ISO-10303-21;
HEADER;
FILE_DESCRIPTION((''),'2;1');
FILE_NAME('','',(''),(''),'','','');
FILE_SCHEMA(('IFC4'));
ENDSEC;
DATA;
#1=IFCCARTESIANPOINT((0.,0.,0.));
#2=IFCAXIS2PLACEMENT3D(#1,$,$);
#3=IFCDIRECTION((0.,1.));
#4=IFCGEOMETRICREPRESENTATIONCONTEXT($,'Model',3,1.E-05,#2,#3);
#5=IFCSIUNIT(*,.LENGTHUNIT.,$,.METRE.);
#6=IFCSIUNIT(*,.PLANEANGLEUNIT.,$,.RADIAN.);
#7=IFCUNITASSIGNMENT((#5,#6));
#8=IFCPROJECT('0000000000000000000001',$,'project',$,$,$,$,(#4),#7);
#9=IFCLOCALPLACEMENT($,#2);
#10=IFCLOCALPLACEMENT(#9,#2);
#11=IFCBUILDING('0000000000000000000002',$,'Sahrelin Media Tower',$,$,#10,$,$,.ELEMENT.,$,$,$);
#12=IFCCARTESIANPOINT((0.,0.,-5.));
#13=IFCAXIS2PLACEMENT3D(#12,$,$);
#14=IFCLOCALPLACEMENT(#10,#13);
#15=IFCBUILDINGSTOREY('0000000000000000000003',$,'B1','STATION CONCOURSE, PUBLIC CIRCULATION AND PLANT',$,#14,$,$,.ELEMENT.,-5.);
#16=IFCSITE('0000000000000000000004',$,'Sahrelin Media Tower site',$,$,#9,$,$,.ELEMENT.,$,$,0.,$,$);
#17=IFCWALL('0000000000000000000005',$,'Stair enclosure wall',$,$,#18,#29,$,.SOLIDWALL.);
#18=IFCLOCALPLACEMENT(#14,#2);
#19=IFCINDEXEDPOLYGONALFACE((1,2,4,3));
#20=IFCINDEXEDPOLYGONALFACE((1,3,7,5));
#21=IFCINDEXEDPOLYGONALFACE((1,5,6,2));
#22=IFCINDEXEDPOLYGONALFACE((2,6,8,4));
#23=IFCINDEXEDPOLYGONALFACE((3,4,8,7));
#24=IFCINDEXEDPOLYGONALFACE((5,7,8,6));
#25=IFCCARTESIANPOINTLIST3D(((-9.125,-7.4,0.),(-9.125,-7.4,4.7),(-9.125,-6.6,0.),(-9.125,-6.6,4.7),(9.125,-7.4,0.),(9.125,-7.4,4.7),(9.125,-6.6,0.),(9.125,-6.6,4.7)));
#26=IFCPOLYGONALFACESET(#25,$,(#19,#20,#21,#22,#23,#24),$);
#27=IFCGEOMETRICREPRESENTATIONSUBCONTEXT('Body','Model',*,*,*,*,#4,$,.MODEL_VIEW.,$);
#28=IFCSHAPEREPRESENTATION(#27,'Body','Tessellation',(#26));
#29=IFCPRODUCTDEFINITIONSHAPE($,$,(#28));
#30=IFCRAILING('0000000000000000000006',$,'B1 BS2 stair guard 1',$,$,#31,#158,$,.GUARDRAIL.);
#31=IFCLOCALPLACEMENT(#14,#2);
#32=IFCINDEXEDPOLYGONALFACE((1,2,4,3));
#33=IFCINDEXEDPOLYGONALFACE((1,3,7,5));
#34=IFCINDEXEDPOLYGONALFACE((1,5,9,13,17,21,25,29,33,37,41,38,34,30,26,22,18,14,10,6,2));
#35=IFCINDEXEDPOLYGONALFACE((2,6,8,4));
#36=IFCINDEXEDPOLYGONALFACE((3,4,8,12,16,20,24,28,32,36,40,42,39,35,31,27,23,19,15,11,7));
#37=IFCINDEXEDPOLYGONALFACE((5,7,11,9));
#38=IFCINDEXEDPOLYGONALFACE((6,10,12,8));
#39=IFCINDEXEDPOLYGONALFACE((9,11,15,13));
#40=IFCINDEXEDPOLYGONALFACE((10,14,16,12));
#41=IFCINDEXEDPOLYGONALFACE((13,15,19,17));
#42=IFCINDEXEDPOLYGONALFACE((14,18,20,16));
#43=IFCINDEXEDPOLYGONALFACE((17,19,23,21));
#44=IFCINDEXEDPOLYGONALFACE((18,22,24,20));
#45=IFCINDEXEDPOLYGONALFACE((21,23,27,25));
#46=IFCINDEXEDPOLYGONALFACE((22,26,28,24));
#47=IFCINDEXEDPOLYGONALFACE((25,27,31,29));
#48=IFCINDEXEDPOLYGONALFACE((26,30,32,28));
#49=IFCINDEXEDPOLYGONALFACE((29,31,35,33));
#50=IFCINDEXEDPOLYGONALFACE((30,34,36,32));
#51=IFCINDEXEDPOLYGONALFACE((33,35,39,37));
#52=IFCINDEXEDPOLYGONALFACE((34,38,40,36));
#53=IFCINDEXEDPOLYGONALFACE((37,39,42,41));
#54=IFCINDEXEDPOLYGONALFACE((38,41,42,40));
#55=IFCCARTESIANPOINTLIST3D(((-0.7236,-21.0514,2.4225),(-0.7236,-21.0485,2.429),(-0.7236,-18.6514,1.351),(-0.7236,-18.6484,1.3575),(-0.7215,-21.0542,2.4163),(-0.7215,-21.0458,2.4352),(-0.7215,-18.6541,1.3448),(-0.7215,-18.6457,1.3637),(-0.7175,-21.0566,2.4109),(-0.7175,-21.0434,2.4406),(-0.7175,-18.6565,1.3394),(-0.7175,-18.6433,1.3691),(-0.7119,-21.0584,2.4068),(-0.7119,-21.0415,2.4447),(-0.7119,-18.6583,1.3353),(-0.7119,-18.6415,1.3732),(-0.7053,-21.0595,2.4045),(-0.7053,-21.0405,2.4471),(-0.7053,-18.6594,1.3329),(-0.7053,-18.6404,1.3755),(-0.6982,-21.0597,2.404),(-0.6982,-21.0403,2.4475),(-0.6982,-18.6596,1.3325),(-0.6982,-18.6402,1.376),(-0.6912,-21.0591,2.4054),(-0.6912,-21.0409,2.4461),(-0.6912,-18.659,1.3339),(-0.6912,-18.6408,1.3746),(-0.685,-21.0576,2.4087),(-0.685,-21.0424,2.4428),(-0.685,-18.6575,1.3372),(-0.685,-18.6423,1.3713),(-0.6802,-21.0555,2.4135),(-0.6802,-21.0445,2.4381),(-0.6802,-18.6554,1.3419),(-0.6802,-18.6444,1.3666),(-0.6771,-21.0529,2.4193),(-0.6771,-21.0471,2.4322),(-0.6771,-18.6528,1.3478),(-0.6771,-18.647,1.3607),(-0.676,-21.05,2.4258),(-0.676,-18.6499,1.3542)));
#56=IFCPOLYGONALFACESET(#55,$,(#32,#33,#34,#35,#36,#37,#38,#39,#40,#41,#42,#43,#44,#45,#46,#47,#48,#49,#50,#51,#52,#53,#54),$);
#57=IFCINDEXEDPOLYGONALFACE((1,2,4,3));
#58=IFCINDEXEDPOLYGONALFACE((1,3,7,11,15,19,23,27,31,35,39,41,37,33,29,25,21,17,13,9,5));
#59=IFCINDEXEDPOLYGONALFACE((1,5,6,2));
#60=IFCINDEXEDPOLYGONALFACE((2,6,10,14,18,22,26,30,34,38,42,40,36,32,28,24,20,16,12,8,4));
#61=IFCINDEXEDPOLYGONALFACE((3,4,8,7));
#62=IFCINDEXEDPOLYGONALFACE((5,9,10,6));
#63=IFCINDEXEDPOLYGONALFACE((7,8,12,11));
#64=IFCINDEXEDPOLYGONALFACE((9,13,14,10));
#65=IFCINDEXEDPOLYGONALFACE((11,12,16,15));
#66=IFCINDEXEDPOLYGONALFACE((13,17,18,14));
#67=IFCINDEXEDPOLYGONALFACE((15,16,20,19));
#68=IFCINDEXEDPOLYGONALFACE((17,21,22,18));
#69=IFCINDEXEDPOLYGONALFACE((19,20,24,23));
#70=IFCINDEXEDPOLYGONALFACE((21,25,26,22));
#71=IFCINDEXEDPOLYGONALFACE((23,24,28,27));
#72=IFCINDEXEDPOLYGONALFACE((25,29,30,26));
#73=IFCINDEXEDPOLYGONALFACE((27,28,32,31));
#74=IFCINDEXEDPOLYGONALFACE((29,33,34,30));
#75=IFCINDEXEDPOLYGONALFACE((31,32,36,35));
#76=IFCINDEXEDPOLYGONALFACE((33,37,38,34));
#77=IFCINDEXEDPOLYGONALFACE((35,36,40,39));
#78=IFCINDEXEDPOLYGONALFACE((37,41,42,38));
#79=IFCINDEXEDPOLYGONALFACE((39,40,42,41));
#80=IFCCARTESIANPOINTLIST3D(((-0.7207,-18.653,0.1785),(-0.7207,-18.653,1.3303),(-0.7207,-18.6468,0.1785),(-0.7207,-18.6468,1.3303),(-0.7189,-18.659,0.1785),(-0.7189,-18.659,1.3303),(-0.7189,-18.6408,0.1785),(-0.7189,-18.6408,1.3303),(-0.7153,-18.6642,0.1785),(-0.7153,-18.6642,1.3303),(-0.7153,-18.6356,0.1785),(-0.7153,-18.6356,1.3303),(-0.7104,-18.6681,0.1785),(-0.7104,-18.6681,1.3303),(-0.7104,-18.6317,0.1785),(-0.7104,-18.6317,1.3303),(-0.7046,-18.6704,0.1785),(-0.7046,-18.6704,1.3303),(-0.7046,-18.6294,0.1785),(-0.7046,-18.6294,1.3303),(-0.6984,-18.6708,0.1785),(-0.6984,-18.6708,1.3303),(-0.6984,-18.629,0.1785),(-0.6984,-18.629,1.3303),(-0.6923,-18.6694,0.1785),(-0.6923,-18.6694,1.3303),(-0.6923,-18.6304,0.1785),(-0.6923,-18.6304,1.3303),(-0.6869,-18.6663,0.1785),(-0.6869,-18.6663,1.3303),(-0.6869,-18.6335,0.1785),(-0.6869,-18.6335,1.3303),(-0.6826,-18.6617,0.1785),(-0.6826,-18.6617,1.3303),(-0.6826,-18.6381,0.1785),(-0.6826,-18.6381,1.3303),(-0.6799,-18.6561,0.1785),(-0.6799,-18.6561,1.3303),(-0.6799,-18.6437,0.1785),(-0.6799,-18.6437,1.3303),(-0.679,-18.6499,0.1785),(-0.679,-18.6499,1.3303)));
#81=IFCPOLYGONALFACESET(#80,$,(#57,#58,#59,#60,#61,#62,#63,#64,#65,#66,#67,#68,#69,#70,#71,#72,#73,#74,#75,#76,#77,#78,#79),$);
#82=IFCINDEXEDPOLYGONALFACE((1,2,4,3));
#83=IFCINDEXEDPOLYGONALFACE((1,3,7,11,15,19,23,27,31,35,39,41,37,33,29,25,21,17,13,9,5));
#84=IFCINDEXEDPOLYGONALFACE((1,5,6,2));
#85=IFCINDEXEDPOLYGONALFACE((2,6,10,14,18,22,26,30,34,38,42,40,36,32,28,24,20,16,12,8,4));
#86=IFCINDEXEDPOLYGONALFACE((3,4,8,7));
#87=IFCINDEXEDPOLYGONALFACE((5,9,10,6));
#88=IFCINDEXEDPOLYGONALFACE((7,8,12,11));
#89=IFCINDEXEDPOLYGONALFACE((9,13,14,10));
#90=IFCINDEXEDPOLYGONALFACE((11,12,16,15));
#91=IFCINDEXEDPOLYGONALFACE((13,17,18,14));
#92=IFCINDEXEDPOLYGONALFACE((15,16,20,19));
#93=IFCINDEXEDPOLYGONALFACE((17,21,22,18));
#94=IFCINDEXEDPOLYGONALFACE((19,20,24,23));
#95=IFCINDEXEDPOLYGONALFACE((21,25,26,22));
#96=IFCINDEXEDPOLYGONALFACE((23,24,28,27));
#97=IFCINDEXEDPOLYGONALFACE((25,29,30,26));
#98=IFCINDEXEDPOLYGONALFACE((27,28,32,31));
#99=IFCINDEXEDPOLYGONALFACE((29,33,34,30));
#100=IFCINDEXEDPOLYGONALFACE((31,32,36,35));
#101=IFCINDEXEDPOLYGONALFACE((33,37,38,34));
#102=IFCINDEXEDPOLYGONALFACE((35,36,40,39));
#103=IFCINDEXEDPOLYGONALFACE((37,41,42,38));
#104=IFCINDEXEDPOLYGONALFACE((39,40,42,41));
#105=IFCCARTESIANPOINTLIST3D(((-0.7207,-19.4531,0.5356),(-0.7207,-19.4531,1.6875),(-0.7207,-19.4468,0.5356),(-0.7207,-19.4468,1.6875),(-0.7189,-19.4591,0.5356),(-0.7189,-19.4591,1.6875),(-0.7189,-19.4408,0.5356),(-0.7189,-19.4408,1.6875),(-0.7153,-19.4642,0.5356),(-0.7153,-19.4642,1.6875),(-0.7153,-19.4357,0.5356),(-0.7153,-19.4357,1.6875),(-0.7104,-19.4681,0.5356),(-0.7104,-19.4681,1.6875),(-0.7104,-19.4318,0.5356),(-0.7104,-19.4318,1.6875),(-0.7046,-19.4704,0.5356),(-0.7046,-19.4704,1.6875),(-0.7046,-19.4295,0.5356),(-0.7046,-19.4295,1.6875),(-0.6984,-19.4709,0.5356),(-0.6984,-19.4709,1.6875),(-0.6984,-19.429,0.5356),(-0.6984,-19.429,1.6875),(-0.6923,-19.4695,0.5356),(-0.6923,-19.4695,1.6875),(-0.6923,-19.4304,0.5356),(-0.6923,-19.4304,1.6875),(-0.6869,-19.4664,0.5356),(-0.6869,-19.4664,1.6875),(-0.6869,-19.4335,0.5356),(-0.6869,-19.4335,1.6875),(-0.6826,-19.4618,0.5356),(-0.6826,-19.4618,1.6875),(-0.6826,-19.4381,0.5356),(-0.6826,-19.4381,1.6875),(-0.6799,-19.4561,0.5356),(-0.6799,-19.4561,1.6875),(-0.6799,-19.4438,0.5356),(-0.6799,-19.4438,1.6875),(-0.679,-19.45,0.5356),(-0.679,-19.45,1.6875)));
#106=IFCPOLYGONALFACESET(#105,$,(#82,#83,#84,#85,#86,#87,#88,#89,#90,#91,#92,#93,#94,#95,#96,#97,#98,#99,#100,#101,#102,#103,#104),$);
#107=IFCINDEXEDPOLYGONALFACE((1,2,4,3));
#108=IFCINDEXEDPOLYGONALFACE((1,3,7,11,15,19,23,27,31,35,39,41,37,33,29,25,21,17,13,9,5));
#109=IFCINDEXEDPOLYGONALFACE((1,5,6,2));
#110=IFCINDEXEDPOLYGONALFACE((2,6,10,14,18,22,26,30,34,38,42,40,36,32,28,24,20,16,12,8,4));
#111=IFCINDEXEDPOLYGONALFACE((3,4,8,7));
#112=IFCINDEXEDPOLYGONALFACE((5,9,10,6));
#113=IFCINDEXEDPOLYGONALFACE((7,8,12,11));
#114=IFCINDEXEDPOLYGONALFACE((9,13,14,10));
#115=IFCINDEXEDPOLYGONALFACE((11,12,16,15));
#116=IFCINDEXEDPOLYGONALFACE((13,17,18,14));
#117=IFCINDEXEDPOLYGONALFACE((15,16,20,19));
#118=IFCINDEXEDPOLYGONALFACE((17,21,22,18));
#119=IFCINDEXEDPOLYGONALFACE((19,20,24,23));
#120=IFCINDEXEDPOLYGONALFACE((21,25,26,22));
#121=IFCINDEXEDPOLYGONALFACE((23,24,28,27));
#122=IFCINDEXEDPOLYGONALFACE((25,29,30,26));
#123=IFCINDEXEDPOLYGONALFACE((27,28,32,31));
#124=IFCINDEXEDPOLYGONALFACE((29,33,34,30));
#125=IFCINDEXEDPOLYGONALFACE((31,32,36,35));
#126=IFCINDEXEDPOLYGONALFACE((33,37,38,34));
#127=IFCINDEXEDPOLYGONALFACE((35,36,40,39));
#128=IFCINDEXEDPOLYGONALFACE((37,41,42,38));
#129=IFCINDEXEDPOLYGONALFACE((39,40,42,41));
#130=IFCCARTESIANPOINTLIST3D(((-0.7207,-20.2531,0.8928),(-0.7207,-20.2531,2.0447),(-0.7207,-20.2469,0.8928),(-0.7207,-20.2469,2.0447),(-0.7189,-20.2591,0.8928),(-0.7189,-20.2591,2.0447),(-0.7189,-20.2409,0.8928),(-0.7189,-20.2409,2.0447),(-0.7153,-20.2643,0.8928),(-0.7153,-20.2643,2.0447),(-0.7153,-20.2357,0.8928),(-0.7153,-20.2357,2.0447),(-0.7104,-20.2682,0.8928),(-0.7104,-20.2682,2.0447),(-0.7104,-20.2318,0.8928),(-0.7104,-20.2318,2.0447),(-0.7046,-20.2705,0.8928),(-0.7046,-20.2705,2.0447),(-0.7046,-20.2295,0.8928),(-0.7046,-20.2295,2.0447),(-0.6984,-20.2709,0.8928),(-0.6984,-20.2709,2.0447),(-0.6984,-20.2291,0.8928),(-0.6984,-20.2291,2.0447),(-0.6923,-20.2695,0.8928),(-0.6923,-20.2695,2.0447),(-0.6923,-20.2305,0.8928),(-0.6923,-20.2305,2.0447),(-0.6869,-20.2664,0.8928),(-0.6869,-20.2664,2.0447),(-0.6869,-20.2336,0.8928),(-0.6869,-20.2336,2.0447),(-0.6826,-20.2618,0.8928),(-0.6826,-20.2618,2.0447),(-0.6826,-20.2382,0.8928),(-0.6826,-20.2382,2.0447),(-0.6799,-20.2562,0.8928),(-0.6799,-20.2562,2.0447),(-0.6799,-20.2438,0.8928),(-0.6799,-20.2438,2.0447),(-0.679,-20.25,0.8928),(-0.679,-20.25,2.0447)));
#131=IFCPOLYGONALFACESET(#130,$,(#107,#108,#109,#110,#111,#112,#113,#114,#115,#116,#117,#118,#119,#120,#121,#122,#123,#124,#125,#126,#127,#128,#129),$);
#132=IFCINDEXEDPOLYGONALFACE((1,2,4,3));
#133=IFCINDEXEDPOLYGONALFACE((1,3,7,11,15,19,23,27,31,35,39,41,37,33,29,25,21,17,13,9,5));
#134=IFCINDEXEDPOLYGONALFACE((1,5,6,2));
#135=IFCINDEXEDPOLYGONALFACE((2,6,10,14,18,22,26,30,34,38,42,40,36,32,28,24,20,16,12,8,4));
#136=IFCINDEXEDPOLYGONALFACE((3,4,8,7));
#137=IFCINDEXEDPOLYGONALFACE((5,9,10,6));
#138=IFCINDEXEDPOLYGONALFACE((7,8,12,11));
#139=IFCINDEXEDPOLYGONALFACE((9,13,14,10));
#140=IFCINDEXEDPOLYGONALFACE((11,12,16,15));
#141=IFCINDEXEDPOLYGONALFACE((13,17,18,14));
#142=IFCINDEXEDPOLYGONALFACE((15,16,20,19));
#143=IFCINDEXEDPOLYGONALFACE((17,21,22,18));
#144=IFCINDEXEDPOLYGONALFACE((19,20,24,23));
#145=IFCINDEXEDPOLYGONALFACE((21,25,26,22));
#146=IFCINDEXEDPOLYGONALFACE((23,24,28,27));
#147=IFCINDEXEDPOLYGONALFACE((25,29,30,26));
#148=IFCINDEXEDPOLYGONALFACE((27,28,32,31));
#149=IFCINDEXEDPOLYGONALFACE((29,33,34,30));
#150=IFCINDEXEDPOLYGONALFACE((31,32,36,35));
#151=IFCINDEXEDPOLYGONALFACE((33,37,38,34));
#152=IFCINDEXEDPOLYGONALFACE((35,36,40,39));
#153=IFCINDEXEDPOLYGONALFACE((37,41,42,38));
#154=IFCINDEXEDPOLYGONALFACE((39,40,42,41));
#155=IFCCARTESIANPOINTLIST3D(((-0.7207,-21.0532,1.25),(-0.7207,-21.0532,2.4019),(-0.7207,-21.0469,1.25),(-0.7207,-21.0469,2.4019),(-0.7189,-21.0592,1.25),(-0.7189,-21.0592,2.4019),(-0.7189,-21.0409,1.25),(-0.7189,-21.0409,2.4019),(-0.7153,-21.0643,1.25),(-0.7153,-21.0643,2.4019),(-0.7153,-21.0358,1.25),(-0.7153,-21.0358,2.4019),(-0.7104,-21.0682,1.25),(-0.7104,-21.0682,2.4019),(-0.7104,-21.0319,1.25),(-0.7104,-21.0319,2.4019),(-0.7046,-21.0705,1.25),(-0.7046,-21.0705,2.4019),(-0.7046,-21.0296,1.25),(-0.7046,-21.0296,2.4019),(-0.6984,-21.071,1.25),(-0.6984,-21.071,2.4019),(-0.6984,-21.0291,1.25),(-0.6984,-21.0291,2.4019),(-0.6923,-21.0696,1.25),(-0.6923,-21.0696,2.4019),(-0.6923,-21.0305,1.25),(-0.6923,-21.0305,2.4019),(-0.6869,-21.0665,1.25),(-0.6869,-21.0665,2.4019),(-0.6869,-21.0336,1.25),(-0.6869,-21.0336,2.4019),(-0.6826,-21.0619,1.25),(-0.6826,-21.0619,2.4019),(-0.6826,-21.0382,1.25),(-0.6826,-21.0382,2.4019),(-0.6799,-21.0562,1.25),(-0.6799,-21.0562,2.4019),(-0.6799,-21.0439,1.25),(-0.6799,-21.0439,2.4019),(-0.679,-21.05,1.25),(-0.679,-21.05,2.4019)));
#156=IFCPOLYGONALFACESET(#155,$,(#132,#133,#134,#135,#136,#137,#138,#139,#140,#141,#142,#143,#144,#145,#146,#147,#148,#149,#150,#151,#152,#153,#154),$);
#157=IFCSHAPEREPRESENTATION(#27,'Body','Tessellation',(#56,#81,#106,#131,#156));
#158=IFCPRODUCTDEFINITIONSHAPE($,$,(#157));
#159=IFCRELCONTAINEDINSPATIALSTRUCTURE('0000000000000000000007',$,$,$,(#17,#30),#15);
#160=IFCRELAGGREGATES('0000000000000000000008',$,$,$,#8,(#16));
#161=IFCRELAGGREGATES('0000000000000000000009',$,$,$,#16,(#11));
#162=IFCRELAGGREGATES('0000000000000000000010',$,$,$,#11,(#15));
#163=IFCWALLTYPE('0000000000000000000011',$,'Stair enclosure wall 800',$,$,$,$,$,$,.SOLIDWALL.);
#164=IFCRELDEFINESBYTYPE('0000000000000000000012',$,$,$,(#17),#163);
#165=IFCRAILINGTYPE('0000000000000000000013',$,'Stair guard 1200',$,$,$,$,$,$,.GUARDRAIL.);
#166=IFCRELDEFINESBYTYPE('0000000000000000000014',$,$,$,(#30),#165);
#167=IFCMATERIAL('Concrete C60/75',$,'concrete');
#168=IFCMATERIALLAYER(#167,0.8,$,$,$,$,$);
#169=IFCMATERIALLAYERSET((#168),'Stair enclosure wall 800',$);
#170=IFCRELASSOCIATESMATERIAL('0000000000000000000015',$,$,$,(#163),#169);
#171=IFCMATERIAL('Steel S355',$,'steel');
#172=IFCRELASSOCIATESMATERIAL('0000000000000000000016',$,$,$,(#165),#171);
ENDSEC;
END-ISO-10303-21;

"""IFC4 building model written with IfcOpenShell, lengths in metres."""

from ifc_helpers import new_model, si_unit, direction, frame, frame_2d, origin, origin_2d, place, context, subcontext, project, spatial, rectangle, circle, extrude, material, layer, layer_set, type_object, element, save


model = new_model("IFC4")

# Units and contexts
model_context = context("Model", 3, precision=1e-05, world=origin(), true_north=direction((0.0, 1.0)))
body_context = subcontext(model_context, "Body", "Model", "MODEL_VIEW")
ifc_project = project(units=[si_unit("LENGTHUNIT", "METRE"), si_unit("PLANEANGLEUNIT", "RADIAN")], contexts=[model_context])

# Site, building, storey
site_placement = place(None, origin())
site = spatial("IfcSite", under=ifc_project, at=site_placement, Name="Sahrelin Media Tower site", CompositionType="ELEMENT", RefElevation=0.0)
building_placement = place(site_placement, origin())
building = spatial("IfcBuilding", under=site, at=building_placement, Name="Sahrelin Media Tower", CompositionType="ELEMENT")
storey_placement = place(building_placement, frame((0.0, 0.0, -5.0)))
storey = spatial("IfcBuildingStorey", under=building, at=storey_placement, Name="B1", Description="STATION CONCOURSE, PUBLIC CIRCULATION AND PLANT", CompositionType="ELEMENT", Elevation=-5.0)

# Shared definitions
ifc_material_1 = material(Name="Concrete C60/75", Category="concrete")

# Wall
ifc_layer_1 = layer(ifc_material_1, 0.8)
ifc_layer_set_1 = layer_set([ifc_layer_1], Name="Stair enclosure wall 800")
wall_type_1 = type_object("IfcWallType", Name="Stair enclosure wall 800", PredefinedType="SOLIDWALL", material=ifc_layer_set_1)
wall_1_placement = place(storey_placement, frame((-9.125, -7.0, 0.0), z_axis=(0.0, 0.0, 1.0), x_axis=(1.0, 0.0, 0.0)))
element("IfcWall", 1, at=wall_1_placement, inside=storey, type_object=wall_type_1, Name="Stair enclosure wall", PredefinedType="SOLIDWALL", context=body_context, shape_type="SweptSolid", body=[
    extrude(rectangle(XDim=18.25, YDim=0.8, at=frame_2d((9.125, 0.0))), origin(), (0.0, 0.0, 1.0), 4.7),
])

# Railing
ifc_material_2 = material(Name="Steel S355", Category="steel")
railing_type_1 = type_object("IfcRailingType", Name="Stair guard 1200", PredefinedType="GUARDRAIL", material=ifc_material_2)
railing_1_placement = place(storey_placement, frame((-0.7, -18.6499, 0.1785)))
element("IfcRailing", 2, at=railing_1_placement, inside=storey, type_object=railing_type_1, Name="B1 BS2 stair guard 1", PredefinedType="GUARDRAIL", context=body_context, shape_type="SweptSolid", body=[
    extrude(circle(Radius=0.0239, at=origin_2d()), frame((0.0, 0.0, 1.1758), z_axis=(0.0, -0.913132, 0.407663), x_axis=(1.0, 0.0, 0.0)), (0.0, 0.0, 1.0), 2.6284),
    extrude(circle(Radius=0.021, at=origin_2d()), origin(), (0.0, 0.0, 1.0), 1.1519),
    extrude(circle(Radius=0.021, at=origin_2d()), frame((0.0, -0.8, 0.3572)), (0.0, 0.0, 1.0), 1.1519),
    extrude(circle(Radius=0.021, at=origin_2d()), frame((0.0, -1.6001, 0.7144)), (0.0, 0.0, 1.0), 1.1519),
    extrude(circle(Radius=0.021, at=origin_2d()), frame((0.0, -2.4001, 1.0715)), (0.0, 0.0, 1.0), 1.1519),
])

save(model, "model.ifc")
